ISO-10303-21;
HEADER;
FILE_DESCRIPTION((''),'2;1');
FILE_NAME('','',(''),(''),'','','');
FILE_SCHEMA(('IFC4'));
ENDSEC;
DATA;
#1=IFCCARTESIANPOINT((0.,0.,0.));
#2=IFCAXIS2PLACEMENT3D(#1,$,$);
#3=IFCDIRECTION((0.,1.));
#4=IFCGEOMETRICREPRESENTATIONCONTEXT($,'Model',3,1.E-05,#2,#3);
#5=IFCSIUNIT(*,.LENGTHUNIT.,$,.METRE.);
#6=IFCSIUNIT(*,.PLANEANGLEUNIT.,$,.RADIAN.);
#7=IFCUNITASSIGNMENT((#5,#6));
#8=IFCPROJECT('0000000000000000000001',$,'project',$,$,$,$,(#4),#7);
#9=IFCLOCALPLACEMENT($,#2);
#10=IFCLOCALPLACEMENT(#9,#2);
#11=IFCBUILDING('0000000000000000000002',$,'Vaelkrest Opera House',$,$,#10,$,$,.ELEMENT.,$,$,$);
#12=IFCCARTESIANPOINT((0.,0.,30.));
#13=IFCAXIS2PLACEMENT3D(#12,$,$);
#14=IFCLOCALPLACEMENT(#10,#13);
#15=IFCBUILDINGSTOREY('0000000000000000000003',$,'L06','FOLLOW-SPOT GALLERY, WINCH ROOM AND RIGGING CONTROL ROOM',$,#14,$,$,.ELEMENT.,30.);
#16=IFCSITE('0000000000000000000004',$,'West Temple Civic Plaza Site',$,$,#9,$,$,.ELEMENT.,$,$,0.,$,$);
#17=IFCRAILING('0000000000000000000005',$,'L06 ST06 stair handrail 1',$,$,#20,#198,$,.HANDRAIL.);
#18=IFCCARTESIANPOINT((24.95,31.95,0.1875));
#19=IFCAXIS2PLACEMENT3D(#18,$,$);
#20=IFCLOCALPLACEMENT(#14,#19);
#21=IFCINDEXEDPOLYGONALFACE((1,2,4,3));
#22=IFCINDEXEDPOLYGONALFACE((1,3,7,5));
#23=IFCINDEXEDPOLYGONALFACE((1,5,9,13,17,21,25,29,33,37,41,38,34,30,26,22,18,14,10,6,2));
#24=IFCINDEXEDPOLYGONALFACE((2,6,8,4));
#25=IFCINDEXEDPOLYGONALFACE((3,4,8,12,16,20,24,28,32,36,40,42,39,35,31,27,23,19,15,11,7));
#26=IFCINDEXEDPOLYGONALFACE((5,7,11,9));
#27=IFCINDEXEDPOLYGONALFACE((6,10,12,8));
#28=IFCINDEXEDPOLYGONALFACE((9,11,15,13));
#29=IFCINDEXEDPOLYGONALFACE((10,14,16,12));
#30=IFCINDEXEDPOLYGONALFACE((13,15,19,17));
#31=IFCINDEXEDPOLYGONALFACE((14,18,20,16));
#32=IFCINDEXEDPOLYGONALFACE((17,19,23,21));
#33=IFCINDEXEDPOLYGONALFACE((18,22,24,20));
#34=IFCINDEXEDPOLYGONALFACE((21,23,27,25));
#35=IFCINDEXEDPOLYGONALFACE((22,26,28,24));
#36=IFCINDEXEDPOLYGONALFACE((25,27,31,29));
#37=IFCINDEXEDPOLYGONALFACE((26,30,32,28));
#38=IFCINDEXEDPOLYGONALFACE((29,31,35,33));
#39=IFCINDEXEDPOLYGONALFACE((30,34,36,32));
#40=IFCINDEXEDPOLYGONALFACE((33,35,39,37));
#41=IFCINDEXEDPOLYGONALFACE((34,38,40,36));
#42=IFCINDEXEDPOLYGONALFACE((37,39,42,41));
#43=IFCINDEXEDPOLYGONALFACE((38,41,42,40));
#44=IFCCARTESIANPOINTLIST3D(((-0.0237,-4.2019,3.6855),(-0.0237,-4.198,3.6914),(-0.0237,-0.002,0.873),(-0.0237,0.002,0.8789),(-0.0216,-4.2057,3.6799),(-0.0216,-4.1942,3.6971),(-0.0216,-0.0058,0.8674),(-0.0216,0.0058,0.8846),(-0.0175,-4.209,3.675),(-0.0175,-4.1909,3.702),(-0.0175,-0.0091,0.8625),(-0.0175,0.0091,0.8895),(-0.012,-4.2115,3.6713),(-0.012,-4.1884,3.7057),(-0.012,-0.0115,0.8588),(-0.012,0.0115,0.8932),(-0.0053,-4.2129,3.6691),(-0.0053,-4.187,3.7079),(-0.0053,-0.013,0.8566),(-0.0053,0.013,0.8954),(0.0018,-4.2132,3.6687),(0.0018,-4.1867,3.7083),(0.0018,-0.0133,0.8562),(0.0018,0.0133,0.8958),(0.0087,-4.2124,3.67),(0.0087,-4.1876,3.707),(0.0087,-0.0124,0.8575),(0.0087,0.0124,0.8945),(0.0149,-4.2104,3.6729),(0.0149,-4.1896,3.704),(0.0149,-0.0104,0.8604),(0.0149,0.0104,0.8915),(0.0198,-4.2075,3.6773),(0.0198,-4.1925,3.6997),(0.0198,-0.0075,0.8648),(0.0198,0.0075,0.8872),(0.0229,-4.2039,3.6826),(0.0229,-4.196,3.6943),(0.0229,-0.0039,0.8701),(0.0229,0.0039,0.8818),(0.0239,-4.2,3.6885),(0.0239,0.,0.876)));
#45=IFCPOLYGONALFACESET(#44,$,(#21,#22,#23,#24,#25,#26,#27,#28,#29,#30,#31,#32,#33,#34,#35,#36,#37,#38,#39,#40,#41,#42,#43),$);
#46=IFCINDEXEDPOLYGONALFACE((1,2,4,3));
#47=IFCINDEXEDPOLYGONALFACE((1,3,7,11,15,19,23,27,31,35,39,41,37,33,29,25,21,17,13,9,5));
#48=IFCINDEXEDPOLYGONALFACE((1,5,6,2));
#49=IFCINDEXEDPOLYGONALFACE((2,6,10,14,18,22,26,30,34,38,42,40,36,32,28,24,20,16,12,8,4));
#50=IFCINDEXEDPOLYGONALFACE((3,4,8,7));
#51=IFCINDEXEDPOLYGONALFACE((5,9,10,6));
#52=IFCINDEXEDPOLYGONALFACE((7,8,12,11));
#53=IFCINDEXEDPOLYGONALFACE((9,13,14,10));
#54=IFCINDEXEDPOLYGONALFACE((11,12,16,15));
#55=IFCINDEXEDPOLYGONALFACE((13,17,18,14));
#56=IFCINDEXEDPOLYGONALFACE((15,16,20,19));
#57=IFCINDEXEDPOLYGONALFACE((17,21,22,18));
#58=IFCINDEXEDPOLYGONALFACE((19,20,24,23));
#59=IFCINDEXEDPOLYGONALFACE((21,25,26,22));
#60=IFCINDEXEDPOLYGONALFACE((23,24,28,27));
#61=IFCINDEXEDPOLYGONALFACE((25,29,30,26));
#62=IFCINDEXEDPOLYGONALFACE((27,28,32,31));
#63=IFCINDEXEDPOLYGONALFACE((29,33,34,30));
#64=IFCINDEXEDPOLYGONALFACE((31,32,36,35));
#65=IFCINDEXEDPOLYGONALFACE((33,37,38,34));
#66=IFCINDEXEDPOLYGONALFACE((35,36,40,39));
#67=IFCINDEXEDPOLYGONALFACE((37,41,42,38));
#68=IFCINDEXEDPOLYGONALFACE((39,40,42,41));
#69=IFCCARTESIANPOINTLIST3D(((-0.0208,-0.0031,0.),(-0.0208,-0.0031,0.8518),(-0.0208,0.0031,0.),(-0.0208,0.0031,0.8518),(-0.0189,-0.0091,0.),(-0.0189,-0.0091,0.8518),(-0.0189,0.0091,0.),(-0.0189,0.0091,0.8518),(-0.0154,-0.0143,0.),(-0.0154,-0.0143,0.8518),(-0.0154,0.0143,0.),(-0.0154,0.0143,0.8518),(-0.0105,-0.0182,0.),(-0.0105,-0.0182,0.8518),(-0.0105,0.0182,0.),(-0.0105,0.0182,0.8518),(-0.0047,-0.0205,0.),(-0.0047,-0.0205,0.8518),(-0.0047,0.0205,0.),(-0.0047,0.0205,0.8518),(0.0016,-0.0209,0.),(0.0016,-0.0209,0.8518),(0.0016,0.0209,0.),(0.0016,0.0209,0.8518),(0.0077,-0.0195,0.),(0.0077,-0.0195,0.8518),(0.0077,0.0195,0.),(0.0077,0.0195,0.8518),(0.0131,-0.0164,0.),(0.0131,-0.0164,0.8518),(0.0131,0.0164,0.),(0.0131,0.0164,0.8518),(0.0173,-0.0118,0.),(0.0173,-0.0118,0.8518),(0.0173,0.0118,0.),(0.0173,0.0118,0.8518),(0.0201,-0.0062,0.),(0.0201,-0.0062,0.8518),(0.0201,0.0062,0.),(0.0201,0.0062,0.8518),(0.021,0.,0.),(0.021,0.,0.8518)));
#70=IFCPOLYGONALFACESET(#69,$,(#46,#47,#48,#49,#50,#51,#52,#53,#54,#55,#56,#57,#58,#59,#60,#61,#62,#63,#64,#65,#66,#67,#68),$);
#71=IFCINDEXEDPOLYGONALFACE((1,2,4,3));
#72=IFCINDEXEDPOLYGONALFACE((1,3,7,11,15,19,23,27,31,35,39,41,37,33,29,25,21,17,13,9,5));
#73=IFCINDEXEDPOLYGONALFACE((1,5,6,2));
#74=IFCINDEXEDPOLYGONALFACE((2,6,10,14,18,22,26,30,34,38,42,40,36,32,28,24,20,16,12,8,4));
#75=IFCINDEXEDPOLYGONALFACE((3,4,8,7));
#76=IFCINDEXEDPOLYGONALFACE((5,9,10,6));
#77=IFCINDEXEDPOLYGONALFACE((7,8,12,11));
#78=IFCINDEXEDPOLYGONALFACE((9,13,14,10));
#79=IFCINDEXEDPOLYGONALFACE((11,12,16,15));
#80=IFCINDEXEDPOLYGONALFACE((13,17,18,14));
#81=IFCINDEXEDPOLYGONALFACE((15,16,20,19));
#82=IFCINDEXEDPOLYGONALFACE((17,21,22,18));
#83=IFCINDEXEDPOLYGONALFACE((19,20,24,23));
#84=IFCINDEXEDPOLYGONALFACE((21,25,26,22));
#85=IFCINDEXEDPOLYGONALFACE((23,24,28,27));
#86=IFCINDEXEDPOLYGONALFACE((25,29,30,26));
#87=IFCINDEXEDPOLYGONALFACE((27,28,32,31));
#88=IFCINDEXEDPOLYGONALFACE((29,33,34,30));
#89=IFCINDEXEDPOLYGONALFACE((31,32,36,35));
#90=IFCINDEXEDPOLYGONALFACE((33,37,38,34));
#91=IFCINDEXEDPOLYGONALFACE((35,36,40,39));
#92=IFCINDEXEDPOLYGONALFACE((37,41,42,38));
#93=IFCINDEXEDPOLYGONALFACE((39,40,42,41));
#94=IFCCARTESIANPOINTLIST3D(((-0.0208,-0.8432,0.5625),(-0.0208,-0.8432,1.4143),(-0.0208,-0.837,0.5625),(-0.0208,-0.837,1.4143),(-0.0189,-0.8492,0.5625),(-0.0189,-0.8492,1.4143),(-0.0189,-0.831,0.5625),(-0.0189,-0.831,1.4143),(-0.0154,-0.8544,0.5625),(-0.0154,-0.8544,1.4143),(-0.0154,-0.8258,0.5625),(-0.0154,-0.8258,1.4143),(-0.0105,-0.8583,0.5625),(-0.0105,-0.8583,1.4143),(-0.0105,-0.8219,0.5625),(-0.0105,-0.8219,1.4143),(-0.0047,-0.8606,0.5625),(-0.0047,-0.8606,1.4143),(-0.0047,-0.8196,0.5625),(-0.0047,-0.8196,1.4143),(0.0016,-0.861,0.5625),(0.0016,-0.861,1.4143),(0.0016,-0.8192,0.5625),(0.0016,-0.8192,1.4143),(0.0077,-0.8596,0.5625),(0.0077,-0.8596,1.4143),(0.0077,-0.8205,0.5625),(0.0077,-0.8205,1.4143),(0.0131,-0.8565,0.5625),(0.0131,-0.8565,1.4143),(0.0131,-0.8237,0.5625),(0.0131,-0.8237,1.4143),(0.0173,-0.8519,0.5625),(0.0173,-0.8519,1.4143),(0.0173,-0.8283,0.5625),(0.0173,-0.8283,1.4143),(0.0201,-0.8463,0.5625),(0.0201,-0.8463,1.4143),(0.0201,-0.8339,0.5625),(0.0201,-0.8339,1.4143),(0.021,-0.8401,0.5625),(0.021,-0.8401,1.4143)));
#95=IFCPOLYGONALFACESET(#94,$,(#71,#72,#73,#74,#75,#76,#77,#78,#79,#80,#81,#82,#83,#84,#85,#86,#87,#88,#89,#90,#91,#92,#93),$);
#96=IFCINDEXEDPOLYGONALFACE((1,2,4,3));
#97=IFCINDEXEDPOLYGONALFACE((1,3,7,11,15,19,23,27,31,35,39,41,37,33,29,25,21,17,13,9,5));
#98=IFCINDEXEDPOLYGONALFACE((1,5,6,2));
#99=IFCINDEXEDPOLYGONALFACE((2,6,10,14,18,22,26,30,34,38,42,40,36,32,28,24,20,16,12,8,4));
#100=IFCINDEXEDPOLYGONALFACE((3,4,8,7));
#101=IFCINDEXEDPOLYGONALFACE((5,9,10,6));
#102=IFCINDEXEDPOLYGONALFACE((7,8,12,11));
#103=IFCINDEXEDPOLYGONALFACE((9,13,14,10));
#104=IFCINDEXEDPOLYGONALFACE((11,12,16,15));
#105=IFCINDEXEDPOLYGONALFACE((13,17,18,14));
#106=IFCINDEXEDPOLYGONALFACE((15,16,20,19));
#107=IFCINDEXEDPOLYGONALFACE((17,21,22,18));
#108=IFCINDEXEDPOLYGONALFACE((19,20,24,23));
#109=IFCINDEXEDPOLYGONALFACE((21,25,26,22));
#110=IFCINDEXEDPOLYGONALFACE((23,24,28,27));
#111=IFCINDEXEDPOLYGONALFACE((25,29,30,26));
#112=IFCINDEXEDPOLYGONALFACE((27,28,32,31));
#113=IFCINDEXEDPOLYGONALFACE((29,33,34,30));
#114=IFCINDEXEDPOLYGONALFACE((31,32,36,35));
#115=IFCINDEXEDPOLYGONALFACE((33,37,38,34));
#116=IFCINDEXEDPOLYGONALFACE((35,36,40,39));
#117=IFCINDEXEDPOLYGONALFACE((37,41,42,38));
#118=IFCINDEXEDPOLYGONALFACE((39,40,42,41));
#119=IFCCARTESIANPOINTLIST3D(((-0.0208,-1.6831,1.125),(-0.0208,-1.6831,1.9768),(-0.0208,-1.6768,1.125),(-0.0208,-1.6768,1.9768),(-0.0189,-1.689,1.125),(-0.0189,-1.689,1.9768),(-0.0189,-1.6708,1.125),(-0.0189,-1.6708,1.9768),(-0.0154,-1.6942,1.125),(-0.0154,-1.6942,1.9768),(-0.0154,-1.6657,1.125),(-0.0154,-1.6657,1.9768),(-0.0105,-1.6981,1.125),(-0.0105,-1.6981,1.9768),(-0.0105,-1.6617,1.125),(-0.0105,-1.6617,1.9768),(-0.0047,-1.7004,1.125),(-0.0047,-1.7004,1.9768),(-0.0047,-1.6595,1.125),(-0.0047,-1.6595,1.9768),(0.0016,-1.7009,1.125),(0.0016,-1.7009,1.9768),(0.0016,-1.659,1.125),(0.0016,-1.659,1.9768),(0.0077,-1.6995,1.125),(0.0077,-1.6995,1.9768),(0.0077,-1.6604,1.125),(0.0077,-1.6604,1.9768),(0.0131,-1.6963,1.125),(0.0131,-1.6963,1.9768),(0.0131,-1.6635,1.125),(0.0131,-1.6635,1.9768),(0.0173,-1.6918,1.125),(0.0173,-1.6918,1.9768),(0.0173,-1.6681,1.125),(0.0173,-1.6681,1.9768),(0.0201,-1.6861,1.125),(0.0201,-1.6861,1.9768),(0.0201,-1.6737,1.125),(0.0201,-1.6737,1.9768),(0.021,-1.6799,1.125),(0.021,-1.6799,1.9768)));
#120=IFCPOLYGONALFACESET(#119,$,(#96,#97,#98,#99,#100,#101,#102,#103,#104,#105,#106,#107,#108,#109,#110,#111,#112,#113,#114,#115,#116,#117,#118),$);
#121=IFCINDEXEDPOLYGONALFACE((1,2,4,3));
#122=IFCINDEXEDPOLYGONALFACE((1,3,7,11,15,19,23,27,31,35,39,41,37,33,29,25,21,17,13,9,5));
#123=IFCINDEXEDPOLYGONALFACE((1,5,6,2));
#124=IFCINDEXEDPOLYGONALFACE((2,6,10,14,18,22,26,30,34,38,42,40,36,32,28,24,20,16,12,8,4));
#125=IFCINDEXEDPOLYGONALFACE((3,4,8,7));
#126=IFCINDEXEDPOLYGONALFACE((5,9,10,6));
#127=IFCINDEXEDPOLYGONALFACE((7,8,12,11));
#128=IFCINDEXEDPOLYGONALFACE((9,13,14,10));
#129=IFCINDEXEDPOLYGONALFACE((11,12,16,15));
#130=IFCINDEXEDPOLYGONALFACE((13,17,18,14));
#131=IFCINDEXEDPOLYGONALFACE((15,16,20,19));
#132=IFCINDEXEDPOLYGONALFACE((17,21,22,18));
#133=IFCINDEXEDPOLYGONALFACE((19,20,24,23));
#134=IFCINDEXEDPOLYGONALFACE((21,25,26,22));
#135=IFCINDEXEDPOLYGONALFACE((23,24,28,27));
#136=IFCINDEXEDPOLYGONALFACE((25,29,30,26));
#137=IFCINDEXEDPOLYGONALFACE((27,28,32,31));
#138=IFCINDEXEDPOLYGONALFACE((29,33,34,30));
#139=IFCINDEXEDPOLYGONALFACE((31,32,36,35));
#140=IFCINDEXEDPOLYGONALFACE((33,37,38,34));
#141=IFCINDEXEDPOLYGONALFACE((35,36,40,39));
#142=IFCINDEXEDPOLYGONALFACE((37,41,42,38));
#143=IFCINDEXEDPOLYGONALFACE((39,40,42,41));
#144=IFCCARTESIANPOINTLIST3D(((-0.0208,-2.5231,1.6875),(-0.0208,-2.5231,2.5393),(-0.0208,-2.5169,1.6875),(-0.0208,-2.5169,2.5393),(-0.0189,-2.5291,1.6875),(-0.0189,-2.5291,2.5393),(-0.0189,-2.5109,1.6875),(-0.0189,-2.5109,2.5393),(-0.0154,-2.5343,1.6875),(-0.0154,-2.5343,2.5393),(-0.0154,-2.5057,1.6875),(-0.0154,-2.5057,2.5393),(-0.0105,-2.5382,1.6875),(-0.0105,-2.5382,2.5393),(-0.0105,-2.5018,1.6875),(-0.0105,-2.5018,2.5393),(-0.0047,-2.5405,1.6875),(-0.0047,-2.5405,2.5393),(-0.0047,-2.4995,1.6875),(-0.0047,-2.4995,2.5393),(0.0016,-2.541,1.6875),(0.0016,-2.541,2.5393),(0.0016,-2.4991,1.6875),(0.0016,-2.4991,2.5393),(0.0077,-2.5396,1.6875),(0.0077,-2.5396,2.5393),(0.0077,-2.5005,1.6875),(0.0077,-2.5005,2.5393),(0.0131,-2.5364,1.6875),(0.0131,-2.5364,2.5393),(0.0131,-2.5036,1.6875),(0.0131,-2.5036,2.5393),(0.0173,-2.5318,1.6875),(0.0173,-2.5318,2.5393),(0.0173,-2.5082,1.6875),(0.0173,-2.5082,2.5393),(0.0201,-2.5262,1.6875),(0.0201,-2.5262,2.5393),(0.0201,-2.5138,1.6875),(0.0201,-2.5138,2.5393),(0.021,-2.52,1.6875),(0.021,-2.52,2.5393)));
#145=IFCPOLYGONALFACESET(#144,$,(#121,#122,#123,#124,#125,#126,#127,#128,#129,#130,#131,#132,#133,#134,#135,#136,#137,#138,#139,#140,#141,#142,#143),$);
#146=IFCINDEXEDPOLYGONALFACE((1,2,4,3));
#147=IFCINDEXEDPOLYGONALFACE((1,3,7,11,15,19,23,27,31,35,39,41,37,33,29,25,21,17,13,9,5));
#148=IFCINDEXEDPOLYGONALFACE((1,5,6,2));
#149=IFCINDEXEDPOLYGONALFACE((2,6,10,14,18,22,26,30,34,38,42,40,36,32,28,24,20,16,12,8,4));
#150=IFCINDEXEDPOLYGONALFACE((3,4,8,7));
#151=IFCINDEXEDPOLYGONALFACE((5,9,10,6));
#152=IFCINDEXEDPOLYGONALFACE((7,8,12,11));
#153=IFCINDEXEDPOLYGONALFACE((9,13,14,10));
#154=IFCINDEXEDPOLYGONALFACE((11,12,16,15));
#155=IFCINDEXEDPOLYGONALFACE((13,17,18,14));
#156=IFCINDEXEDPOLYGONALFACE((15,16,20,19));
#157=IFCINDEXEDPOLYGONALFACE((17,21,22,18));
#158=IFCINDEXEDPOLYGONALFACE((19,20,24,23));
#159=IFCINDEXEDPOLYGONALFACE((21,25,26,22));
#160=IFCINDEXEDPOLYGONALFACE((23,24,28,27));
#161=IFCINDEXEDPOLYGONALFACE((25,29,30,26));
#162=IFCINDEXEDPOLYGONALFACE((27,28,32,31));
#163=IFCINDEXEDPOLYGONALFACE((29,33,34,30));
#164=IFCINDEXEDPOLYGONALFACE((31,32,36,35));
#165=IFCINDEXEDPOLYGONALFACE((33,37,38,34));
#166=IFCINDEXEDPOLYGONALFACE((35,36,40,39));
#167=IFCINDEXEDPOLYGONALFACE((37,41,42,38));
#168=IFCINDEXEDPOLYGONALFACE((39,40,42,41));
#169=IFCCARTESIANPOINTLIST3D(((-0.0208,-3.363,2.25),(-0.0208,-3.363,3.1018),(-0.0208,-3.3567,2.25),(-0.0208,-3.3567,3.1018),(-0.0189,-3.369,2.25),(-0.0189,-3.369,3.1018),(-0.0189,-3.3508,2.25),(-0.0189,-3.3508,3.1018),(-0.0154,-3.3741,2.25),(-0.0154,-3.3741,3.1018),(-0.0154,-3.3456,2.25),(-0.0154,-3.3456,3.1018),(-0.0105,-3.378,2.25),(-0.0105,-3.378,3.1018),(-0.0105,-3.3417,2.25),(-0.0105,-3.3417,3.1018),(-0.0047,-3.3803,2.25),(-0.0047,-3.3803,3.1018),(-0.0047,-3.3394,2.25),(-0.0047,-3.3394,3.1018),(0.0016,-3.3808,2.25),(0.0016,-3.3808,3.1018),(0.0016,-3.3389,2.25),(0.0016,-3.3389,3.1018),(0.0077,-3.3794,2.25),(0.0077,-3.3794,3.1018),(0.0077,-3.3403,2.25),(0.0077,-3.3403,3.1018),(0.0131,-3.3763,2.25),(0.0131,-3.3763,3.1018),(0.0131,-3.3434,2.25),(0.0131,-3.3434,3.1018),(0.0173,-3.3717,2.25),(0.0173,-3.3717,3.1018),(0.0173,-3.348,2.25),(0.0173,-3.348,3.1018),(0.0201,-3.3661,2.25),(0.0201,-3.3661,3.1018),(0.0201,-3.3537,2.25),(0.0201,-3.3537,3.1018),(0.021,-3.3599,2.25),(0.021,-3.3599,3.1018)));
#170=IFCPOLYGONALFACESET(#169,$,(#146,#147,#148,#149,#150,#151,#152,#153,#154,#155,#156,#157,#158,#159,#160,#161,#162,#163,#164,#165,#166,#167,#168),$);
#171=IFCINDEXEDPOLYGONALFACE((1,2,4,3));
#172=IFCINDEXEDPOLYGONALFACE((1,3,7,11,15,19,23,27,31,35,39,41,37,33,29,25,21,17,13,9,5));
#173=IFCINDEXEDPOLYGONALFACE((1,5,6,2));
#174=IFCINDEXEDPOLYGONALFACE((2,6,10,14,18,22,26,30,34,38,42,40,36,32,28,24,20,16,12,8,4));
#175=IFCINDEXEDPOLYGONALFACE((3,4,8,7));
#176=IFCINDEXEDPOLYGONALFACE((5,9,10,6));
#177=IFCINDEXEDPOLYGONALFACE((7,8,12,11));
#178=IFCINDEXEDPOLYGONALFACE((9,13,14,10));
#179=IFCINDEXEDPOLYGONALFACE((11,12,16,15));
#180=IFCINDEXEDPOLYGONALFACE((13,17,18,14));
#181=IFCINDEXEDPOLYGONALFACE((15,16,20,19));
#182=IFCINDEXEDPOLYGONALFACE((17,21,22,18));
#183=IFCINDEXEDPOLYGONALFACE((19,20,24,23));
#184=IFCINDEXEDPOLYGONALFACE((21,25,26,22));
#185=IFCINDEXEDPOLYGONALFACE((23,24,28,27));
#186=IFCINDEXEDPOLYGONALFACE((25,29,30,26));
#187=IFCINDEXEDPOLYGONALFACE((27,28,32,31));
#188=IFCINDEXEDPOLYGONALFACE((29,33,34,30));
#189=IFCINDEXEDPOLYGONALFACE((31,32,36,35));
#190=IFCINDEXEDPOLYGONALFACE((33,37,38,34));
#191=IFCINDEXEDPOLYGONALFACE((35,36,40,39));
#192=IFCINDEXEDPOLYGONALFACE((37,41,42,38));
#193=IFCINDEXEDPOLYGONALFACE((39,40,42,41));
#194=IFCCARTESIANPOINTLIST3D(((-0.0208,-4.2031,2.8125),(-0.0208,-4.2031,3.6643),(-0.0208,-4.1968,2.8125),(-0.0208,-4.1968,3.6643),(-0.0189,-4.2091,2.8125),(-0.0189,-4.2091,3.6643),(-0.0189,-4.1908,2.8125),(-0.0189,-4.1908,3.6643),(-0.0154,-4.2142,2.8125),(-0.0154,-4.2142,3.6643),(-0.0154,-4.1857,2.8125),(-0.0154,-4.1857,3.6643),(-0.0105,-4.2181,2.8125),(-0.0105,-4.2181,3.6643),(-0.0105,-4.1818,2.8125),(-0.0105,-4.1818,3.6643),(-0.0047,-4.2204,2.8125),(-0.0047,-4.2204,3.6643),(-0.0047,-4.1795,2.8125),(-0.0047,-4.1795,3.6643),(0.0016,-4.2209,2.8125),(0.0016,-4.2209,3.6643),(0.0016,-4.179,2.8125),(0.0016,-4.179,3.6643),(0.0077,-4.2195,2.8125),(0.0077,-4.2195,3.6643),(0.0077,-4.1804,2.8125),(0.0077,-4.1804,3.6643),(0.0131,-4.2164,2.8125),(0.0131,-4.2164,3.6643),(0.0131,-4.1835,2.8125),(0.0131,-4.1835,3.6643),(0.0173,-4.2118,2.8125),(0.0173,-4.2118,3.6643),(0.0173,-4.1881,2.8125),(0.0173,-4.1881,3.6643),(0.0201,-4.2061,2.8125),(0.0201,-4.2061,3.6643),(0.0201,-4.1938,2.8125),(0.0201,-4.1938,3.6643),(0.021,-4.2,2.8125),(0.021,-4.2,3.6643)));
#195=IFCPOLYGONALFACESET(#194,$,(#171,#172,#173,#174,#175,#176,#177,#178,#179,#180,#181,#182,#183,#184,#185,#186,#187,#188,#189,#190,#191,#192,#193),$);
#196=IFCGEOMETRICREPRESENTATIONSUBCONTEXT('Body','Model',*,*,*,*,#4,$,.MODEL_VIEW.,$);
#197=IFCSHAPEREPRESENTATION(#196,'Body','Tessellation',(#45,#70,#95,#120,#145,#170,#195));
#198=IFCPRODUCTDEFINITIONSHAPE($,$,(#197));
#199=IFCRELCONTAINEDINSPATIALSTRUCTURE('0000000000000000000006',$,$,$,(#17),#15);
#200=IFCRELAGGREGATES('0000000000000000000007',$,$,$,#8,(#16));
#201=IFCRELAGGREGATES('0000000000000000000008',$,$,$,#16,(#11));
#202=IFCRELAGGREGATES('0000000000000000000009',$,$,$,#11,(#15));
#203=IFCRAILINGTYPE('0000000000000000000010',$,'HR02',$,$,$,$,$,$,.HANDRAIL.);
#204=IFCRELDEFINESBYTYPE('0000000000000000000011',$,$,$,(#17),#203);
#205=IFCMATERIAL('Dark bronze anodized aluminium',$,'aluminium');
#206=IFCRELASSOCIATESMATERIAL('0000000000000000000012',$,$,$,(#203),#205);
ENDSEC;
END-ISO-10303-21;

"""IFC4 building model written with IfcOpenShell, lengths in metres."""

from ifc_helpers import new_model, si_unit, direction, frame, origin, origin_2d, place, context, subcontext, project, spatial, circle, extrude, material, type_object, element, save


model = new_model("IFC4")

# Units and contexts
model_context = context("Model", 3, precision=1e-05, world=origin(), true_north=direction((0.0, 1.0)))
body_context = subcontext(model_context, "Body", "Model", "MODEL_VIEW")
ifc_project = project(units=[si_unit("LENGTHUNIT", "METRE"), si_unit("PLANEANGLEUNIT", "RADIAN")], contexts=[model_context])

# Site, building, storey
site_placement = place(None, origin())
site = spatial("IfcSite", under=ifc_project, at=site_placement, Name="West Temple Civic Plaza Site", CompositionType="ELEMENT", RefElevation=0.0)
building_placement = place(site_placement, origin())
building = spatial("IfcBuilding", under=site, at=building_placement, Name="Vaelkrest Opera House", CompositionType="ELEMENT")
storey_placement = place(building_placement, frame((0.0, 0.0, 30.0)))
storey = spatial("IfcBuildingStorey", under=building, at=storey_placement, Name="L06", Description="FOLLOW-SPOT GALLERY, WINCH ROOM AND RIGGING CONTROL ROOM", CompositionType="ELEMENT", Elevation=30.0)

# Railing
ifc_material_1 = material(Name="Dark bronze anodized aluminium", Category="aluminium")
railing_type_1 = type_object("IfcRailingType", Name="HR02", PredefinedType="HANDRAIL", material=ifc_material_1)
railing_1_placement = place(storey_placement, frame((24.95, 31.95, 0.1875)))
element("IfcRailing", 1, at=railing_1_placement, inside=storey, type_object=railing_type_1, Name="L06 ST06 stair handrail 1", PredefinedType="HANDRAIL", context=body_context, shape_type="SweptSolid", body=[
    extrude(circle(Radius=0.0239, at=origin_2d()), frame((0.0, 0.0, 0.876), z_axis=(0.0, -0.830904, 0.556416), x_axis=(1.0, 0.0, 0.0)), (0.0, 0.0, 1.0), 5.0547),
    extrude(circle(Radius=0.021, at=origin_2d()), origin(), (0.0, 0.0, 1.0), 0.8518),
    extrude(circle(Radius=0.021, at=origin_2d()), frame((0.0, -0.8401, 0.5625)), (0.0, 0.0, 1.0), 0.8518),
    extrude(circle(Radius=0.021, at=origin_2d()), frame((0.0, -1.6799, 1.125)), (0.0, 0.0, 1.0), 0.8518),
    extrude(circle(Radius=0.021, at=origin_2d()), frame((0.0, -2.52, 1.6875)), (0.0, 0.0, 1.0), 0.8518),
    extrude(circle(Radius=0.021, at=origin_2d()), frame((0.0, -3.3599, 2.25)), (0.0, 0.0, 1.0), 0.8518),
    extrude(circle(Radius=0.021, at=origin_2d()), frame((0.0, -4.2, 2.8125)), (0.0, 0.0, 1.0), 0.8518),
])

save(model, "model.ifc")
